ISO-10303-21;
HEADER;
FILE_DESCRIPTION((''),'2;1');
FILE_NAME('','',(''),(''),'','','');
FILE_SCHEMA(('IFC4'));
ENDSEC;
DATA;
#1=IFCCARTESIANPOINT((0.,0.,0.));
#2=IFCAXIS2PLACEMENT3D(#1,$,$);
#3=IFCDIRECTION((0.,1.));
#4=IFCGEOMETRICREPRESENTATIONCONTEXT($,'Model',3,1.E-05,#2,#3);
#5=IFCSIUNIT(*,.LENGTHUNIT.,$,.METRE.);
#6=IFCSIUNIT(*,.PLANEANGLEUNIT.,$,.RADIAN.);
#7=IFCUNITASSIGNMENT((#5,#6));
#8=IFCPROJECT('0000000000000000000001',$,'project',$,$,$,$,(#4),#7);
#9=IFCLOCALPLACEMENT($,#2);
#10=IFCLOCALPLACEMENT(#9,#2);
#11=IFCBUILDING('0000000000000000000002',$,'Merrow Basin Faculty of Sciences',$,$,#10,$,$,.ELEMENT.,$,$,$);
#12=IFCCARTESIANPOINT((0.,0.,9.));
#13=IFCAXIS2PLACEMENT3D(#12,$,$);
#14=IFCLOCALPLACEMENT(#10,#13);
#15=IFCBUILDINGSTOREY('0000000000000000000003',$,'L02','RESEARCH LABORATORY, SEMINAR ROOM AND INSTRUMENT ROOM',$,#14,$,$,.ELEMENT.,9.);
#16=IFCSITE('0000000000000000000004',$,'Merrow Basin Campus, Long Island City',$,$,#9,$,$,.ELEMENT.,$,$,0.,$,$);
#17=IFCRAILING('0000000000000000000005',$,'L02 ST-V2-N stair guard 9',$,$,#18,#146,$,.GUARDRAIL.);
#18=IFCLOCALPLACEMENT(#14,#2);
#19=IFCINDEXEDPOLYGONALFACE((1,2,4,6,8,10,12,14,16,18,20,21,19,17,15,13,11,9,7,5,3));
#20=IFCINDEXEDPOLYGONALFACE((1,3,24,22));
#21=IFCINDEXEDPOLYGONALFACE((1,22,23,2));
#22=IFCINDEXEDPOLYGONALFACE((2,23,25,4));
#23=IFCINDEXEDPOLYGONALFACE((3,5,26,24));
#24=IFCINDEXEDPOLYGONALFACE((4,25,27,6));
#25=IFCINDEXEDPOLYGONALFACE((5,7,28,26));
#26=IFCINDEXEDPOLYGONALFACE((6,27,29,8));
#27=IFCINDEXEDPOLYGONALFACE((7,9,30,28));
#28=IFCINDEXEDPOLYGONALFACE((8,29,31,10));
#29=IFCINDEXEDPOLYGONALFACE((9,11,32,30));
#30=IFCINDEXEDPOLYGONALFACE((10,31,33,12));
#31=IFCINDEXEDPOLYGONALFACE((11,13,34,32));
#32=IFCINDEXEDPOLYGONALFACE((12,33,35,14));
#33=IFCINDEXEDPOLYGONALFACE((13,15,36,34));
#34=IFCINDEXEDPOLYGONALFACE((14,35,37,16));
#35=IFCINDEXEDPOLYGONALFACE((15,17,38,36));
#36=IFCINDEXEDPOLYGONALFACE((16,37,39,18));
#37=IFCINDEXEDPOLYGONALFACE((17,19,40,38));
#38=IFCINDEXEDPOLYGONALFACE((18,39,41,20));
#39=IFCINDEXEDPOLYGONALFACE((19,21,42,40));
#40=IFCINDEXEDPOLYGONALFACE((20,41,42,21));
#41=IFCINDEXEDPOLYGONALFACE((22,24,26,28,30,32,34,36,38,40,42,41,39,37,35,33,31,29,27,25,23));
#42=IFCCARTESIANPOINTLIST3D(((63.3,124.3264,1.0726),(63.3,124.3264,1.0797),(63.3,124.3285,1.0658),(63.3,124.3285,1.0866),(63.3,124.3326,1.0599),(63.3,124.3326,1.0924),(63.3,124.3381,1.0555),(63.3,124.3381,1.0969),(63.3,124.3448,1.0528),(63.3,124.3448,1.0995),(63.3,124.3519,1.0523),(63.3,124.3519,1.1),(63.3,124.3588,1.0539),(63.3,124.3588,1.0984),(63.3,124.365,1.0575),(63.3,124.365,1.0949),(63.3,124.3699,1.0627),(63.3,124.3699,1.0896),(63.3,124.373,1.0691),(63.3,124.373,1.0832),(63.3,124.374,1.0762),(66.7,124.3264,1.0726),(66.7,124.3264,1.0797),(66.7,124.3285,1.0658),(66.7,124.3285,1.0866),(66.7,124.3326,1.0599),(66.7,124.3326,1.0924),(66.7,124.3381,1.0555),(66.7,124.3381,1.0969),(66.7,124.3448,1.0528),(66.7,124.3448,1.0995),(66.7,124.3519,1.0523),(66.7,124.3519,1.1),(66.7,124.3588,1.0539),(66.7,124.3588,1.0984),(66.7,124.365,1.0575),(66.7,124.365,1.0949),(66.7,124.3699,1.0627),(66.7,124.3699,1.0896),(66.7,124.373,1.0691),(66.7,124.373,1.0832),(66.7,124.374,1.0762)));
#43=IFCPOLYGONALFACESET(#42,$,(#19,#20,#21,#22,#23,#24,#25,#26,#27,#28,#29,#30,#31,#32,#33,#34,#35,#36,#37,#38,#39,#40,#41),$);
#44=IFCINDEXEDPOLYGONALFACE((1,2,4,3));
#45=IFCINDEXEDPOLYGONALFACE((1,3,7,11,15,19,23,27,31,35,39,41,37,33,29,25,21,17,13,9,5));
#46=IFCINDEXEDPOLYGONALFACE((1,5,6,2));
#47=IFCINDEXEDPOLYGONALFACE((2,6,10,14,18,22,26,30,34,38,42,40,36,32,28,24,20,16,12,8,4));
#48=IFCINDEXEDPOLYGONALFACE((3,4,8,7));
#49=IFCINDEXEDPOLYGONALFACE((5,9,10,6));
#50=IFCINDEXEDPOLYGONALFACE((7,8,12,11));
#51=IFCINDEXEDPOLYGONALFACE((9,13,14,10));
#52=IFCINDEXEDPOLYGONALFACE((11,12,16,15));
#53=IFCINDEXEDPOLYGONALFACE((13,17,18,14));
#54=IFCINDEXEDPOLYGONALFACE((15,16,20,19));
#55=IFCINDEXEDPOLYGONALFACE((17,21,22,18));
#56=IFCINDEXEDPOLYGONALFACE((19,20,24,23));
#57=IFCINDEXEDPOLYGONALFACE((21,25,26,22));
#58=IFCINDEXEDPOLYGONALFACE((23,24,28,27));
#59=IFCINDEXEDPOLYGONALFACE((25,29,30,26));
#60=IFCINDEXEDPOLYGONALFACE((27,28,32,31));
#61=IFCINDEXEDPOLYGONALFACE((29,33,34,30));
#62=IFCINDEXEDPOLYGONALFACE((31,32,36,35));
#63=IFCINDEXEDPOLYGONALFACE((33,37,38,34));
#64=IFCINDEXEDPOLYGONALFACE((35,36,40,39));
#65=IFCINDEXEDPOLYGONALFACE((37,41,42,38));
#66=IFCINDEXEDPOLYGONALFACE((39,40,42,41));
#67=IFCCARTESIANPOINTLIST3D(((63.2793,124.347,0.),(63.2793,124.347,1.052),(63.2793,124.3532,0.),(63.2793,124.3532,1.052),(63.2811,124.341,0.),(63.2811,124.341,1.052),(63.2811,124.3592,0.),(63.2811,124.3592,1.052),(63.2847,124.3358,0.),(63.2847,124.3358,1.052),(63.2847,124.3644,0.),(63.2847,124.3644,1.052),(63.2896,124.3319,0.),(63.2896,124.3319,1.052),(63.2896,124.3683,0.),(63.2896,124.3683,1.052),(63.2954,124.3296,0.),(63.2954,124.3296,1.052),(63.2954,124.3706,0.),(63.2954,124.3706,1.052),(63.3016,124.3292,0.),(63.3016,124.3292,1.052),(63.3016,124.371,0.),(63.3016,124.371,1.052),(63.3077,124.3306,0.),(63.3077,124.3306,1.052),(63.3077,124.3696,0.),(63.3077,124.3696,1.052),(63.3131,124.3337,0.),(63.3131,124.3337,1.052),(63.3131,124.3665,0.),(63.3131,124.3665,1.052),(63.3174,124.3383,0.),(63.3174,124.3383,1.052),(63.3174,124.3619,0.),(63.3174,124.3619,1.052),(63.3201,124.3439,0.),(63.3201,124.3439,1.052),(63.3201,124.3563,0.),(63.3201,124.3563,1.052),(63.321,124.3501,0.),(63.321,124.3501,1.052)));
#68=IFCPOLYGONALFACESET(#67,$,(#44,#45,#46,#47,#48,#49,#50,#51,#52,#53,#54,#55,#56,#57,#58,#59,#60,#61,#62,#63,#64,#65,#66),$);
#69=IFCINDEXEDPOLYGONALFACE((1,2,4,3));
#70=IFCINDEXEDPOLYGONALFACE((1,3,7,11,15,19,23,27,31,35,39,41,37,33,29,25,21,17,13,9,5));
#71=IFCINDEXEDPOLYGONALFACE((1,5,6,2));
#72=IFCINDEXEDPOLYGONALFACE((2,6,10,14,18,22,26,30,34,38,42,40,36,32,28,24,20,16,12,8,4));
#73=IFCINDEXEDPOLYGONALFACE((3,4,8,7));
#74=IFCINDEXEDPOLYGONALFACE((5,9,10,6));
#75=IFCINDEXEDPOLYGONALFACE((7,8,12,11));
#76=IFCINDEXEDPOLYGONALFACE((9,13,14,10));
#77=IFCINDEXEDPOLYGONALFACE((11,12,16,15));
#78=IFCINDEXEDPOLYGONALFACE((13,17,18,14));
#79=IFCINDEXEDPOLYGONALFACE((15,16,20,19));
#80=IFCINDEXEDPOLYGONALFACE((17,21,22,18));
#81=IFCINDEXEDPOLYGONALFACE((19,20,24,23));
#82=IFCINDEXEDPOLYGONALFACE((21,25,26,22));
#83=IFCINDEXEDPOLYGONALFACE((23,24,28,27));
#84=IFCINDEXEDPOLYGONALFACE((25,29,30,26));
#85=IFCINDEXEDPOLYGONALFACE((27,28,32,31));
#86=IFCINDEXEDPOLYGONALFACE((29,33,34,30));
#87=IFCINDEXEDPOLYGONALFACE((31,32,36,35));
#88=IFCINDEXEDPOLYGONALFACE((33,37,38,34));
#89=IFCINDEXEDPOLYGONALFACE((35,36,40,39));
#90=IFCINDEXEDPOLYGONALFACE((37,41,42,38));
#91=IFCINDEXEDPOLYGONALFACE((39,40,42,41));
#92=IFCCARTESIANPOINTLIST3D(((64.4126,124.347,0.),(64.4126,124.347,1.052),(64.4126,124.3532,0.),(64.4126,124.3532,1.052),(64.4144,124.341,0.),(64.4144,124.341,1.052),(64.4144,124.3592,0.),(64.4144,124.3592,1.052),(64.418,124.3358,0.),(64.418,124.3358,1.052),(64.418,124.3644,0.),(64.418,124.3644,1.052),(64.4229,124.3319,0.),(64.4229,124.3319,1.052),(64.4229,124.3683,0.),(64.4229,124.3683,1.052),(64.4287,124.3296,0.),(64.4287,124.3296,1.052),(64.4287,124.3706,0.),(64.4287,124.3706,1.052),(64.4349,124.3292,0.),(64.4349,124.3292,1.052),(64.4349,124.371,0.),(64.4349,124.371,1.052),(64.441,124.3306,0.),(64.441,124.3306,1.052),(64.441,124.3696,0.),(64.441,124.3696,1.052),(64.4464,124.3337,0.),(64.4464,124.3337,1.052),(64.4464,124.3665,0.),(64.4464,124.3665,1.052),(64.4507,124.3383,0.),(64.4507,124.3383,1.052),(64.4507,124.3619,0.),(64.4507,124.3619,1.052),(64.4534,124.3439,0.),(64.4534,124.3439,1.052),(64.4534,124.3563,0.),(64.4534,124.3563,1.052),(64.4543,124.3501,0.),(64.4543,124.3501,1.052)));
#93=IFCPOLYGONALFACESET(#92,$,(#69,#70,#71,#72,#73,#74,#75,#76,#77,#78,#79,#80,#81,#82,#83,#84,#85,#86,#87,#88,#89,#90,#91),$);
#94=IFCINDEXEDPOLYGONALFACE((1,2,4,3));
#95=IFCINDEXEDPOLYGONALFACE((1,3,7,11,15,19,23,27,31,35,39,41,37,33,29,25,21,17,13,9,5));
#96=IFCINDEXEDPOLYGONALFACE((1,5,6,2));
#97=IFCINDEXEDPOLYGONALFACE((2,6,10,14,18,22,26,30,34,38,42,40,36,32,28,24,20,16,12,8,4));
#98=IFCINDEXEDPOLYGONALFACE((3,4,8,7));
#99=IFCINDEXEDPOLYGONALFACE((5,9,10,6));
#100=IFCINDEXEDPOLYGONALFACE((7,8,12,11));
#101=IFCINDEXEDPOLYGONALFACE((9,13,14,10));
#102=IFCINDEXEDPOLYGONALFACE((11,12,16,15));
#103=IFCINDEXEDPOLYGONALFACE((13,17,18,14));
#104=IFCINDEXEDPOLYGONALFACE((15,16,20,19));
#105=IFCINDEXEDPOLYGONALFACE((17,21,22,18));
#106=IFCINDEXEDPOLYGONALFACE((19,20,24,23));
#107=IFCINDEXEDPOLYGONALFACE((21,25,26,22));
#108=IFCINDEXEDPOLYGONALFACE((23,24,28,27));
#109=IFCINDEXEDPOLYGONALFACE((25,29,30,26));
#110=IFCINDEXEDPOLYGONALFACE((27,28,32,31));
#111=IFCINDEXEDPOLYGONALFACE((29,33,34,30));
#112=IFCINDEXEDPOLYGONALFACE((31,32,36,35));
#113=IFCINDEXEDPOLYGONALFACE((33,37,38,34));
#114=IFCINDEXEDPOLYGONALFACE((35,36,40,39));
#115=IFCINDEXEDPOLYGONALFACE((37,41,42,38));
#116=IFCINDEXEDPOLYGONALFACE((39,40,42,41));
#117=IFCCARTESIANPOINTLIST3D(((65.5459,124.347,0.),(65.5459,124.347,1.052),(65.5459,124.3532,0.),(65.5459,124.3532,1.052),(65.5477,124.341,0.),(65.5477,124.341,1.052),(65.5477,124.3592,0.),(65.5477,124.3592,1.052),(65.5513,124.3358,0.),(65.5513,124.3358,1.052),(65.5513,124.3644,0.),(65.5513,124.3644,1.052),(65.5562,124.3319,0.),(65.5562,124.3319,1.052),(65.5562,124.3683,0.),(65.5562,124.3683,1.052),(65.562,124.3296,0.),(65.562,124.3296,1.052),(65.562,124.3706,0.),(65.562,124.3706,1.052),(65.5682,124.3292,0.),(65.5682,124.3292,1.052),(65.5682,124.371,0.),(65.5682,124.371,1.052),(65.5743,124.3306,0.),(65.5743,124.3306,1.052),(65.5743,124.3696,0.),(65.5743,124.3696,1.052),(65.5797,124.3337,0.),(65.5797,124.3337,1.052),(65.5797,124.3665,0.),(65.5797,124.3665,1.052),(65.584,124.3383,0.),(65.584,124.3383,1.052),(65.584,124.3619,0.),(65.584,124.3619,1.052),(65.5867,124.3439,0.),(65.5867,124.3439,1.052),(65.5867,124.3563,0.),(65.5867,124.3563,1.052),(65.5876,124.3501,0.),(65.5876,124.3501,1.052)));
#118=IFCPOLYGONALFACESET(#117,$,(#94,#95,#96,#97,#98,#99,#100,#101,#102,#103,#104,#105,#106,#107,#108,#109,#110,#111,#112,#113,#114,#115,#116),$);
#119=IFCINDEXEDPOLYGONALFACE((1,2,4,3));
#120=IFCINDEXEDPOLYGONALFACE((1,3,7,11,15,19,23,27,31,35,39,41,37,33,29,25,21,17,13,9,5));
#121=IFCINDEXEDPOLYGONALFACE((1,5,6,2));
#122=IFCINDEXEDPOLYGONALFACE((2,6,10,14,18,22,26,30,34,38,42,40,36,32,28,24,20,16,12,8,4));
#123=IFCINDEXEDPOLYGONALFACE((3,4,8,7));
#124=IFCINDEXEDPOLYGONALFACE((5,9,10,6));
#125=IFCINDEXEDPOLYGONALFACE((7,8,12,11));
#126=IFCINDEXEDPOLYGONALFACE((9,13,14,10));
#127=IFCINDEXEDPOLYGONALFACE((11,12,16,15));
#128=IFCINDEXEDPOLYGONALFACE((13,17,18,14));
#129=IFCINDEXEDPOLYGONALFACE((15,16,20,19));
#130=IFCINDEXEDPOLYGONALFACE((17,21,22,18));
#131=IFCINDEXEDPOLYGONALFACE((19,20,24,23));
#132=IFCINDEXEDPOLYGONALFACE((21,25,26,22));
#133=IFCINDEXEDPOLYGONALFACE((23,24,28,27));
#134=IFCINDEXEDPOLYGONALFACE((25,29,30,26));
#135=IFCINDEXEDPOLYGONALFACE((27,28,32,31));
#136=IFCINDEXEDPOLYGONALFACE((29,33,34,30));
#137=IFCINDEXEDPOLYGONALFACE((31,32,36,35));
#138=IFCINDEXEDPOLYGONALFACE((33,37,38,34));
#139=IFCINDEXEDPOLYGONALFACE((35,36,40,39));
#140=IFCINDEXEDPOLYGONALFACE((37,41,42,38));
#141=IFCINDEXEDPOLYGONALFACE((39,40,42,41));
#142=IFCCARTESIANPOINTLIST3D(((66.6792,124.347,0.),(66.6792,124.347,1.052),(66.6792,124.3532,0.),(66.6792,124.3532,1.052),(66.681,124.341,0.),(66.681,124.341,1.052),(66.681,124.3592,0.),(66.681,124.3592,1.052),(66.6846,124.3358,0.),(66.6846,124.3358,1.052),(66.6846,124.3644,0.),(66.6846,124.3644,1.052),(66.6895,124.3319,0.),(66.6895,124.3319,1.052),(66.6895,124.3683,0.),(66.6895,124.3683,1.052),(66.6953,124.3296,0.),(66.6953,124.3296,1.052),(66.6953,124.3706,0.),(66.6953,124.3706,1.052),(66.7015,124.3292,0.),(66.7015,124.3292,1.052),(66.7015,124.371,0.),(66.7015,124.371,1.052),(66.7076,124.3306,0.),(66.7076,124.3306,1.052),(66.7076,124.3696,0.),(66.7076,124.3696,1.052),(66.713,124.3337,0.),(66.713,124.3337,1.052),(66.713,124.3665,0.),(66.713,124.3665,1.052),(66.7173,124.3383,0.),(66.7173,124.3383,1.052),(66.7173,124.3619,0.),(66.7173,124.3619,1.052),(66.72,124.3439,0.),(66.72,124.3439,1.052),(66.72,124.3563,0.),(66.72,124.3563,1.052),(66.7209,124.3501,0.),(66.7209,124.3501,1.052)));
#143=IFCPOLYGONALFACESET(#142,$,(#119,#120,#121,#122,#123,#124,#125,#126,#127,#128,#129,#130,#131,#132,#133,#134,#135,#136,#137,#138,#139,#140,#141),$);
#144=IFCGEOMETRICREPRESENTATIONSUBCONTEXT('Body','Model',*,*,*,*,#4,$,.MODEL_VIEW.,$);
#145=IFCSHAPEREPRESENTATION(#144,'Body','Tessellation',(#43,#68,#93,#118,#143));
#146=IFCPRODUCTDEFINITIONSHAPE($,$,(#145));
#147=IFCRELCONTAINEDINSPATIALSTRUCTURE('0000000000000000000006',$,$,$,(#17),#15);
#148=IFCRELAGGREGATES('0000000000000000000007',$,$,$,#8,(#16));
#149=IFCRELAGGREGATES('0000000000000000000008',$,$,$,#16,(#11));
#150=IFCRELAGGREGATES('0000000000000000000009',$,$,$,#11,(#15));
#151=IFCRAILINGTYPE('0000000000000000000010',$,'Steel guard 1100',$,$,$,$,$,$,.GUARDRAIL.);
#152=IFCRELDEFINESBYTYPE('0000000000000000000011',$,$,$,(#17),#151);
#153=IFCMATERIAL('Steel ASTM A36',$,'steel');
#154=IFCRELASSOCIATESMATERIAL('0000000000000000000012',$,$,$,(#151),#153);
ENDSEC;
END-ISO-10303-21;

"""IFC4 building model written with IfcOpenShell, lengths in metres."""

from ifc_helpers import new_model, si_unit, direction, frame, origin, origin_2d, place, context, subcontext, project, spatial, circle, extrude, material, type_object, element, save


model = new_model("IFC4")

# Units and contexts
model_context = context("Model", 3, precision=1e-05, world=origin(), true_north=direction((0.0, 1.0)))
body_context = subcontext(model_context, "Body", "Model", "MODEL_VIEW")
ifc_project = project(units=[si_unit("LENGTHUNIT", "METRE"), si_unit("PLANEANGLEUNIT", "RADIAN")], contexts=[model_context])

# Site, building, storey
site_placement = place(None, origin())
site = spatial("IfcSite", under=ifc_project, at=site_placement, Name="Merrow Basin Campus, Long Island City", CompositionType="ELEMENT", RefElevation=0.0)
building_placement = place(site_placement, origin())
building = spatial("IfcBuilding", under=site, at=building_placement, Name="Merrow Basin Faculty of Sciences", CompositionType="ELEMENT")
storey_placement = place(building_placement, frame((0.0, 0.0, 9.0)))
storey = spatial("IfcBuildingStorey", under=building, at=storey_placement, Name="L02", Description="RESEARCH LABORATORY, SEMINAR ROOM AND INSTRUMENT ROOM", CompositionType="ELEMENT", Elevation=9.0)

# Railing
ifc_material_1 = material(Name="Steel ASTM A36", Category="steel")
railing_type_1 = type_object("IfcRailingType", Name="Steel guard 1100", PredefinedType="GUARDRAIL", material=ifc_material_1)
railing_1_placement = place(storey_placement, frame((63.3, 124.3501, 0.0)))
element("IfcRailing", 1, at=railing_1_placement, inside=storey, type_object=railing_type_1, Name="L02 ST-V2-N stair guard 9", PredefinedType="GUARDRAIL", context=body_context, shape_type="SweptSolid", body=[
    extrude(circle(Radius=0.0239, at=origin_2d()), frame((0.0, 0.0, 1.0762), z_axis=(1.0, 0.0, 0.0), x_axis=(0.0, 1.0, 0.0)), (0.0, 0.0, 1.0), 3.3999),
    extrude(circle(Radius=0.021, at=origin_2d()), origin(), (0.0, 0.0, 1.0), 1.052),
    extrude(circle(Radius=0.021, at=origin_2d()), frame((1.1333, 0.0, 0.0)), (0.0, 0.0, 1.0), 1.052),
    extrude(circle(Radius=0.021, at=origin_2d()), frame((2.2666, 0.0, 0.0)), (0.0, 0.0, 1.0), 1.052),
    extrude(circle(Radius=0.021, at=origin_2d()), frame((3.3999, 0.0, 0.0)), (0.0, 0.0, 1.0), 1.052),
])

save(model, "model.ifc")
